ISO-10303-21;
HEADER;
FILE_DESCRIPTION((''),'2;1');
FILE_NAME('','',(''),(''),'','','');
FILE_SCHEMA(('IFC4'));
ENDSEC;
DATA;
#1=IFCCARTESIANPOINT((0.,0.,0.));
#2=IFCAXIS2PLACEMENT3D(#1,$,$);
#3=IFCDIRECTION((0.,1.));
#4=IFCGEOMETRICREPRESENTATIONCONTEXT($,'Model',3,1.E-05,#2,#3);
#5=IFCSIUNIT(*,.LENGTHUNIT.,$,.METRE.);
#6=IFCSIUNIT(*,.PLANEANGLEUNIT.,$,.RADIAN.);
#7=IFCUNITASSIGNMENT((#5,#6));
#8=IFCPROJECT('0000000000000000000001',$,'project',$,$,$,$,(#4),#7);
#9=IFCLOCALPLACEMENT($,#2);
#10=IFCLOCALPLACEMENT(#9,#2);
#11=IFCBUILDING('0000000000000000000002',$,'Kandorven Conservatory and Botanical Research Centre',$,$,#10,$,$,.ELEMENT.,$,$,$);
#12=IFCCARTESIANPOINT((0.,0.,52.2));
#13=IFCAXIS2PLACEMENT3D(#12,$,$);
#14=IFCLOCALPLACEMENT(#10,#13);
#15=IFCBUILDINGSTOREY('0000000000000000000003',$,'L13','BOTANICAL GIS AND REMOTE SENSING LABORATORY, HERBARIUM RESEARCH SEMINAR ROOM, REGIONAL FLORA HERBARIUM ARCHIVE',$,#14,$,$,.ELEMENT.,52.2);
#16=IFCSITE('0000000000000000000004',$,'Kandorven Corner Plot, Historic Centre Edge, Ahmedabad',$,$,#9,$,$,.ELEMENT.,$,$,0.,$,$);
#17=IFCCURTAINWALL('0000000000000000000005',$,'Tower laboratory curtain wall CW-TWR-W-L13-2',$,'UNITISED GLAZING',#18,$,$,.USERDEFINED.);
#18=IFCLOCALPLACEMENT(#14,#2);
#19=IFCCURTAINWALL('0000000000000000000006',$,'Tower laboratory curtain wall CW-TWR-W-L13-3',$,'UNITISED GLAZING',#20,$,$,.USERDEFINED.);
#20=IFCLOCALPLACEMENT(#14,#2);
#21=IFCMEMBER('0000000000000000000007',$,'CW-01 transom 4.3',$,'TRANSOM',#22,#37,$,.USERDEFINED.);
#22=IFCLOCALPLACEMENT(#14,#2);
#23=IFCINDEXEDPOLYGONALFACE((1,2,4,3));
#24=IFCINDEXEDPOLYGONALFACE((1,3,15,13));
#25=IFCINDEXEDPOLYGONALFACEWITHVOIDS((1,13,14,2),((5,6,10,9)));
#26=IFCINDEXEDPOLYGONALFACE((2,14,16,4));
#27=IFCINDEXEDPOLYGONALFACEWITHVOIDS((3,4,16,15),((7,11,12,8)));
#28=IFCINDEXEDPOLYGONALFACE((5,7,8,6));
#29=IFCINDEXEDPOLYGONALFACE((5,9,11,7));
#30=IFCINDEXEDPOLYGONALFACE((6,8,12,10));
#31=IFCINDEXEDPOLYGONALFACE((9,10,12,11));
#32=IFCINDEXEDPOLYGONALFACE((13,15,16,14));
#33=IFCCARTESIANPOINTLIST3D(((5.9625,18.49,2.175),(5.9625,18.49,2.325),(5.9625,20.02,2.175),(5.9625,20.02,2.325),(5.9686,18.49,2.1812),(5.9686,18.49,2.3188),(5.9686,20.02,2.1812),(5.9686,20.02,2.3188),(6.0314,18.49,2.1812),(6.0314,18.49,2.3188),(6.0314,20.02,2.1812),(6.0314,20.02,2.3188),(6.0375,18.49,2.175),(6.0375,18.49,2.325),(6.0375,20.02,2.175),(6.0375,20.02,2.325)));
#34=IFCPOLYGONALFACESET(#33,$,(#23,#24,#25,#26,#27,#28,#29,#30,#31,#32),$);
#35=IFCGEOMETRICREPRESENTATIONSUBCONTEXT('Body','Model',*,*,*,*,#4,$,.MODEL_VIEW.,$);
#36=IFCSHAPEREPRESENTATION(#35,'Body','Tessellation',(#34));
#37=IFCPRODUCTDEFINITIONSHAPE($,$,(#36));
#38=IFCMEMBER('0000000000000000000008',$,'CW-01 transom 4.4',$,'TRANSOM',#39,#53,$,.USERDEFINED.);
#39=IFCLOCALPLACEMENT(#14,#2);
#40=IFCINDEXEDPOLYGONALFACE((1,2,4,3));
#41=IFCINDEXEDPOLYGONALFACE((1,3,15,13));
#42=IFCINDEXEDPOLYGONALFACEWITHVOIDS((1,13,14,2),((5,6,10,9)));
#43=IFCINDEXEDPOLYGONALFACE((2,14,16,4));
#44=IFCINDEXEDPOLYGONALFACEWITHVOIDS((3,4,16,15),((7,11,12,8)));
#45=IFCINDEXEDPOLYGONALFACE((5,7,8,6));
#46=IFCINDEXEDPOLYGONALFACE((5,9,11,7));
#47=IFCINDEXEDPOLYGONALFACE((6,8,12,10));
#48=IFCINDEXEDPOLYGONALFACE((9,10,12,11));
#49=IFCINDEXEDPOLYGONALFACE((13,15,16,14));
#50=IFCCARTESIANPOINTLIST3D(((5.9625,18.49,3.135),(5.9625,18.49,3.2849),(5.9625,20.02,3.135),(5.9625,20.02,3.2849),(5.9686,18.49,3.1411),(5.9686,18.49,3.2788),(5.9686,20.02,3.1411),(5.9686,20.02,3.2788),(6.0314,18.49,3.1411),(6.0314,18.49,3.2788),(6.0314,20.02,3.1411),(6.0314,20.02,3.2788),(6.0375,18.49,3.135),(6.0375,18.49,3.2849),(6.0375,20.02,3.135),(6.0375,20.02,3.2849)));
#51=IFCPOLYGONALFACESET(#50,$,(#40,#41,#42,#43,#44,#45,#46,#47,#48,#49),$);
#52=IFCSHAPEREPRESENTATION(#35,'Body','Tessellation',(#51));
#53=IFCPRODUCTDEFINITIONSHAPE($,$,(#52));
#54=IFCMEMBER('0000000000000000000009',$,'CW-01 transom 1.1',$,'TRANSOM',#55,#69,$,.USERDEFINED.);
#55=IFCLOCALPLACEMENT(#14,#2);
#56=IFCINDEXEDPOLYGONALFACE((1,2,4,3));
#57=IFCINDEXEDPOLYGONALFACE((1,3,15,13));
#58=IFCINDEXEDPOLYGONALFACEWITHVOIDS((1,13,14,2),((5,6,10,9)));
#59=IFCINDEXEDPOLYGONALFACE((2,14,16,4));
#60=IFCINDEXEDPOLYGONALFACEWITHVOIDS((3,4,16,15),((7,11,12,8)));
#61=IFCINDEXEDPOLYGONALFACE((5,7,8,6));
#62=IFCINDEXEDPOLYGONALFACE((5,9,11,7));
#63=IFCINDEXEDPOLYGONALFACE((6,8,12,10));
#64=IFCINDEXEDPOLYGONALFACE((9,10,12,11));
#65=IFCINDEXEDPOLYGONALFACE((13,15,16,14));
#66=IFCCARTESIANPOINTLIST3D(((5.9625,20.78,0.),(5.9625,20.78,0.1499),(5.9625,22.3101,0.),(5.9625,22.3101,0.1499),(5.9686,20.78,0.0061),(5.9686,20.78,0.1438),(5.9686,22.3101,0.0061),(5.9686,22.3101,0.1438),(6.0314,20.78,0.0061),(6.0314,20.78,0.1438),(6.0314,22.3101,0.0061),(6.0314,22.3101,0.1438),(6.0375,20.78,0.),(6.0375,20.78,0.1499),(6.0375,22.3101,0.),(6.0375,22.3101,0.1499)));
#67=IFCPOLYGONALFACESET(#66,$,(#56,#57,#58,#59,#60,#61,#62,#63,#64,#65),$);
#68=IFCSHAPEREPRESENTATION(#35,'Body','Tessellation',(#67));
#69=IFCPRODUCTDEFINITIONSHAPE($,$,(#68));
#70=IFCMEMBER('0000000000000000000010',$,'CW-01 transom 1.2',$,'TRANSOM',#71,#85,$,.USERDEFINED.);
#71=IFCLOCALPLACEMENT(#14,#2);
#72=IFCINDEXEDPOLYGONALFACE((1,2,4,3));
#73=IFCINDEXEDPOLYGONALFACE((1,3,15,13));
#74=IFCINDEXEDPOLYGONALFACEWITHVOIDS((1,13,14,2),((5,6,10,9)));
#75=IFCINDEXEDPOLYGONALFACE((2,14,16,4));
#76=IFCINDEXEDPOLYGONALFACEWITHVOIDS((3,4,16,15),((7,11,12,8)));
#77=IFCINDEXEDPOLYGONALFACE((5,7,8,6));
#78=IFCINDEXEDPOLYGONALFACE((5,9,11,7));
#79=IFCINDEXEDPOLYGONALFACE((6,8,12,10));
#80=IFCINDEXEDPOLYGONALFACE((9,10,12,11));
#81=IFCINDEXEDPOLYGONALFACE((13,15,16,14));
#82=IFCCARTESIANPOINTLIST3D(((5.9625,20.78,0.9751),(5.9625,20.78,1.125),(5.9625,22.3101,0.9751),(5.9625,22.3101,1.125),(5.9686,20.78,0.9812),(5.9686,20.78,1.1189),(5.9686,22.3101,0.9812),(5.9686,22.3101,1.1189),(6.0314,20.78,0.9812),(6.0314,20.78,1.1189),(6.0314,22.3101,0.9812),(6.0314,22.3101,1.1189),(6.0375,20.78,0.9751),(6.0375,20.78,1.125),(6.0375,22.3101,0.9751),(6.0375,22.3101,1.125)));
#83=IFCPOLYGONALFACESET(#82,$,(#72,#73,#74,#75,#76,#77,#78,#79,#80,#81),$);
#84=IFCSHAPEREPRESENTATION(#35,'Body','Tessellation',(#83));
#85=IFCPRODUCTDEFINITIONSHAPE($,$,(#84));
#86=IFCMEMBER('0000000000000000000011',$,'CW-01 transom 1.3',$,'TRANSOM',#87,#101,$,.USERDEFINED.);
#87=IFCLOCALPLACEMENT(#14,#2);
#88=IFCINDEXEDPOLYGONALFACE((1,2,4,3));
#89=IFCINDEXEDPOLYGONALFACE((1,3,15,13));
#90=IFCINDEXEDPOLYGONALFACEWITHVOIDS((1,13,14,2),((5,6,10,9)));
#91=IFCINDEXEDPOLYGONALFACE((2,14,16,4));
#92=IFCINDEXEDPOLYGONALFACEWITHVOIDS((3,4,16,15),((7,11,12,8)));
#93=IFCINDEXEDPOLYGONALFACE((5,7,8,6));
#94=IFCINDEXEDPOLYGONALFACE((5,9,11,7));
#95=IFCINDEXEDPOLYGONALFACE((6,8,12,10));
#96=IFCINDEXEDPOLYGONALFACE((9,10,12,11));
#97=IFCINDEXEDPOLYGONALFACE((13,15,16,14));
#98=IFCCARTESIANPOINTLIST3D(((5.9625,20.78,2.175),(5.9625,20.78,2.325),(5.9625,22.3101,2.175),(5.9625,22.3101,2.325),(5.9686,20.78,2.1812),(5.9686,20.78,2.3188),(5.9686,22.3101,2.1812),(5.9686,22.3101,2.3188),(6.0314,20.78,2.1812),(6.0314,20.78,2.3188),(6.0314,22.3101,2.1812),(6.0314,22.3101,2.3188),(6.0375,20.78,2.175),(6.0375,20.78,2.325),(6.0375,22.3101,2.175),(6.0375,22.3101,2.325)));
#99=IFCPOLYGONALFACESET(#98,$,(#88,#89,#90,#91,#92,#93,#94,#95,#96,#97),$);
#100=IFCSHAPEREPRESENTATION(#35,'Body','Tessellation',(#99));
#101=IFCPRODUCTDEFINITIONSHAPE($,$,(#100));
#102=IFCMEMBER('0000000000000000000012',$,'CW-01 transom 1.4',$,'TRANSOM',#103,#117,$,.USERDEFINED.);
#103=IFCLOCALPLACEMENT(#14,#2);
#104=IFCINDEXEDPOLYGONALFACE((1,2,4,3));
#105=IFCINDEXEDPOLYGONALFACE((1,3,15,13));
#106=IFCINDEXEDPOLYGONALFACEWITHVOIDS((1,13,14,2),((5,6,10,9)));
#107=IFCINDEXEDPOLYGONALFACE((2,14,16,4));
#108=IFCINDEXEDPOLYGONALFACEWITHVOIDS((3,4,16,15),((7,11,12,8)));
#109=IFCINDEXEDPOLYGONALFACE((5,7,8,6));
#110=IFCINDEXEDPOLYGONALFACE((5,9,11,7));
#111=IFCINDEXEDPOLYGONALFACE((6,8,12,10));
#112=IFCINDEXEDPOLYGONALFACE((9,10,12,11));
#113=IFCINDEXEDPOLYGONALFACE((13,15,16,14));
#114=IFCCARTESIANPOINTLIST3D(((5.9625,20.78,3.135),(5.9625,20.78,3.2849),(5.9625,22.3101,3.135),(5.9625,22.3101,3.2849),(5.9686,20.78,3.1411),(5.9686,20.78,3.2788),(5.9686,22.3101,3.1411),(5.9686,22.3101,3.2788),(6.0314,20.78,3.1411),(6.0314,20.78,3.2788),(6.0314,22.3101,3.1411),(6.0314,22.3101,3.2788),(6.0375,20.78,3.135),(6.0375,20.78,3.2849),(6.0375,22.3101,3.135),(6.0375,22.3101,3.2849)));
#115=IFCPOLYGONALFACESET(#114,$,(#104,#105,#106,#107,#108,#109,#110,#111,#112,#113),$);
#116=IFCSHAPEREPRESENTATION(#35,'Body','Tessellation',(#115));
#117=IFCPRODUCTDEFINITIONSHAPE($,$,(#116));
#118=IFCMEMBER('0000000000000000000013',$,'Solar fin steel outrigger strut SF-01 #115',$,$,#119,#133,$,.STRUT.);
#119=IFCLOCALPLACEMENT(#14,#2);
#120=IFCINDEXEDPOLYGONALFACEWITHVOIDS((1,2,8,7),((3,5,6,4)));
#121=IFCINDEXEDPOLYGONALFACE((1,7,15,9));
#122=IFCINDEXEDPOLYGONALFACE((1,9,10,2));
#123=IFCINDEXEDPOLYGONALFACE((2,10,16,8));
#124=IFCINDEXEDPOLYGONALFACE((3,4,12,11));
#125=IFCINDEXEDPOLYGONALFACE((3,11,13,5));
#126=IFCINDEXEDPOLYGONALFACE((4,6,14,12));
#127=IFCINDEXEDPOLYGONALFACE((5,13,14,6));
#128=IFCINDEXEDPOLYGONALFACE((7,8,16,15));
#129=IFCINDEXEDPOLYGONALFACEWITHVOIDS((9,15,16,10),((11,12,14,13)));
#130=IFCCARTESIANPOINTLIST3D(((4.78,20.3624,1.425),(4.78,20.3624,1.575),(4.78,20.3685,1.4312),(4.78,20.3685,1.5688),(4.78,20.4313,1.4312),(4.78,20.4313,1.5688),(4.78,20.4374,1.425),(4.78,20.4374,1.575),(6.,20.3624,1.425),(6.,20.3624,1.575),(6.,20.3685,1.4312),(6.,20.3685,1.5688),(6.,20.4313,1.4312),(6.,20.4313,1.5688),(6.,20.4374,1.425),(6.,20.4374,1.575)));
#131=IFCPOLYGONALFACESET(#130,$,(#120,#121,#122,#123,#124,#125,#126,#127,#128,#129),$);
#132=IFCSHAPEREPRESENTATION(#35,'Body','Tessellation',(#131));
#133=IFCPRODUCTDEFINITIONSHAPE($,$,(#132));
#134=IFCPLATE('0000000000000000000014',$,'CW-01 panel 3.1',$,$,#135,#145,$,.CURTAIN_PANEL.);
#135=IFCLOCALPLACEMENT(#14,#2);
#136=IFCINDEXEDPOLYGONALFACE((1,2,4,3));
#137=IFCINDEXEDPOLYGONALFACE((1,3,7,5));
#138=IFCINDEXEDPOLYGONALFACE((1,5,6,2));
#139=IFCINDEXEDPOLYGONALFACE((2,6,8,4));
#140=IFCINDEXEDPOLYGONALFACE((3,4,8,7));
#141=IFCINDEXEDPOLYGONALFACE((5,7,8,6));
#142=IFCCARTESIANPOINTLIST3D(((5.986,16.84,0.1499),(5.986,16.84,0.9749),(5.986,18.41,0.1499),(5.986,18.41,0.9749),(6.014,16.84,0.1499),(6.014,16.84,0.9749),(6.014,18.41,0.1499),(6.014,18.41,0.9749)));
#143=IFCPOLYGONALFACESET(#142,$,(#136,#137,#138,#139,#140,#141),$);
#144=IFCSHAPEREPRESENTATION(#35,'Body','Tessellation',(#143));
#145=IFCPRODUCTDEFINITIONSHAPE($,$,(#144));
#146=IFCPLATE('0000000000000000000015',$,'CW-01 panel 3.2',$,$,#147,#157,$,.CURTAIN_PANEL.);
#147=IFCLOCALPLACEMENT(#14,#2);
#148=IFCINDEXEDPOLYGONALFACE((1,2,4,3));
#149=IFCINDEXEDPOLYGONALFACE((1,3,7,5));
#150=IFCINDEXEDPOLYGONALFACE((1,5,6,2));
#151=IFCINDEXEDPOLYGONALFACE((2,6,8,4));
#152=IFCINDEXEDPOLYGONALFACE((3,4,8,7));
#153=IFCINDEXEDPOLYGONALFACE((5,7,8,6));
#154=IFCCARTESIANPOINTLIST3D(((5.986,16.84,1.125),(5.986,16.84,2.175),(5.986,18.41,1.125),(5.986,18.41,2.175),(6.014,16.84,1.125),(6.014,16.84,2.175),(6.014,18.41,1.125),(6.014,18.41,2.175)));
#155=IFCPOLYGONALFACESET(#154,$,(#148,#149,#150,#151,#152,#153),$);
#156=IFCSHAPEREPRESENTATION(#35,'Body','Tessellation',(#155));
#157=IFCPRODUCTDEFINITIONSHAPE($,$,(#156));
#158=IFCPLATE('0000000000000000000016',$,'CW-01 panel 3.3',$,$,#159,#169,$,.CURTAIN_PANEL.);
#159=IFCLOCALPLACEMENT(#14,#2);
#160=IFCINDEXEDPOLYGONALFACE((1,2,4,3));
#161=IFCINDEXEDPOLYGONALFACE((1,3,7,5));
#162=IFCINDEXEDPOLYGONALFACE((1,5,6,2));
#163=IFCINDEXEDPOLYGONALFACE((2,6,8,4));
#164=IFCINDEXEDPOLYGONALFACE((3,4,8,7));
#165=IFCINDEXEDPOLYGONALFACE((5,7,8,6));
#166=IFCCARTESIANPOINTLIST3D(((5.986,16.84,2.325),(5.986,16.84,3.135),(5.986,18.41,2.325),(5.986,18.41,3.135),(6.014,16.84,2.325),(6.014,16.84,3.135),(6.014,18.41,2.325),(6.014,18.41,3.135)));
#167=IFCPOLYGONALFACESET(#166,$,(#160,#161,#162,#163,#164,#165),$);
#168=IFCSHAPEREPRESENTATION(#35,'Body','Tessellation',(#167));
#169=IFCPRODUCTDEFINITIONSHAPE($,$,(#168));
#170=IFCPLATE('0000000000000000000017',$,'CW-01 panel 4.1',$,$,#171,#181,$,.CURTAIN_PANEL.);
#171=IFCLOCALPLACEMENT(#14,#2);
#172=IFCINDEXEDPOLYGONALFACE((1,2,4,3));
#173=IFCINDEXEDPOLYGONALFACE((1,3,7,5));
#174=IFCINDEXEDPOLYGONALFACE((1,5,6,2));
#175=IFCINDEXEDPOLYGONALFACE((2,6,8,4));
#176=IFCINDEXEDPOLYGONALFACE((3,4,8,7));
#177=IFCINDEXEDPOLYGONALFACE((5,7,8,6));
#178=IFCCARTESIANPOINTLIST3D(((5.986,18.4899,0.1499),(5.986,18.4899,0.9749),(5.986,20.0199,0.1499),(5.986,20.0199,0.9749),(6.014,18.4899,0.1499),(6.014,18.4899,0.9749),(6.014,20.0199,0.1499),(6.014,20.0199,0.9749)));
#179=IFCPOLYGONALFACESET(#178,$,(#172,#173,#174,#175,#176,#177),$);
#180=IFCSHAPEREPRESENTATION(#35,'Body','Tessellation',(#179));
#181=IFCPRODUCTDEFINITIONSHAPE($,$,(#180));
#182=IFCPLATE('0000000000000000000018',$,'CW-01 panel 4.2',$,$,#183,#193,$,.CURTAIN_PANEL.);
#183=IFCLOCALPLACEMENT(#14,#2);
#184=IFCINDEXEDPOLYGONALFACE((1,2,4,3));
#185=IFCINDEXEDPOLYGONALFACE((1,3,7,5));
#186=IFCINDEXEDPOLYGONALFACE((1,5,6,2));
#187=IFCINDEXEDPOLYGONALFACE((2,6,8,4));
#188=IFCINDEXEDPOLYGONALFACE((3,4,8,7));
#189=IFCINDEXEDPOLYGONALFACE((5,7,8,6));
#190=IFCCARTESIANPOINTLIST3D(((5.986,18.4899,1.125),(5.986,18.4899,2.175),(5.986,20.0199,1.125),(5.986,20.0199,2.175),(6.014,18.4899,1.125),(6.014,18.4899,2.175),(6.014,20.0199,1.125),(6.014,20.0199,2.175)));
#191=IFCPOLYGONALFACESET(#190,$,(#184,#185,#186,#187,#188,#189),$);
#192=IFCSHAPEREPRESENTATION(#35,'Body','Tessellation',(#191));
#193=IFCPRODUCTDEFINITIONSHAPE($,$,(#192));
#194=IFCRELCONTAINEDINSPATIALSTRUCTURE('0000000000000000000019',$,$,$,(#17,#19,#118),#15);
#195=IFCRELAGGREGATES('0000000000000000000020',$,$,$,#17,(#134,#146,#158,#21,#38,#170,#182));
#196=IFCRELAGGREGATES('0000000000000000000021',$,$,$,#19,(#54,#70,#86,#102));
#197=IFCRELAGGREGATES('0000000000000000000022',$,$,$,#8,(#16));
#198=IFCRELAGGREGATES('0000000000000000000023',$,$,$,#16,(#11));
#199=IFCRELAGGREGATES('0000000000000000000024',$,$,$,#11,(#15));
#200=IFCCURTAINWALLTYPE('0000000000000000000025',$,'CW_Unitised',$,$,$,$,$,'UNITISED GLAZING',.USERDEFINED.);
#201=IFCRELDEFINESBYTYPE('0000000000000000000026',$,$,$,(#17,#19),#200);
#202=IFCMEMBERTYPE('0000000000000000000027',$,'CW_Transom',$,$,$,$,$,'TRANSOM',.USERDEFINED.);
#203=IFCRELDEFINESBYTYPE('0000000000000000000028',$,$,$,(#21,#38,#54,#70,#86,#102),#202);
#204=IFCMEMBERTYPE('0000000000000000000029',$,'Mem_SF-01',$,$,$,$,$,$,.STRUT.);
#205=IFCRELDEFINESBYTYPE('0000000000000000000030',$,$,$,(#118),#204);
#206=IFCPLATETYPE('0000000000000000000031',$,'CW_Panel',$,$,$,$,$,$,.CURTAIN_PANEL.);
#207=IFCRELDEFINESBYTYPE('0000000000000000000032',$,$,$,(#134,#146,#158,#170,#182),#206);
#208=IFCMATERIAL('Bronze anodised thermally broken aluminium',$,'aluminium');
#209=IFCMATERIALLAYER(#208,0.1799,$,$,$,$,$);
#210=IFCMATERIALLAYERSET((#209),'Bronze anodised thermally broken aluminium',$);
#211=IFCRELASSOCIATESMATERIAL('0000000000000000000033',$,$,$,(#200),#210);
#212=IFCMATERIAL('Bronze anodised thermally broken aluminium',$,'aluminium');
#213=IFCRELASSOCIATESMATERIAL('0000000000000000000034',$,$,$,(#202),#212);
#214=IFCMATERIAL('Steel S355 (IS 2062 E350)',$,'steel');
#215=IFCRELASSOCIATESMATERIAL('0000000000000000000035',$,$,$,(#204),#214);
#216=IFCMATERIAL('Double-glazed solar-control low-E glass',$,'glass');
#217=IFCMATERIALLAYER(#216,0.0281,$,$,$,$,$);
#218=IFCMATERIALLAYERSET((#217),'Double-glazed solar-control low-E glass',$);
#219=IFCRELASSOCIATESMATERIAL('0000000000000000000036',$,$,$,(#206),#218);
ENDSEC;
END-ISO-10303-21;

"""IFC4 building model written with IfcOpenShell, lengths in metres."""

from ifc_helpers import new_model, si_unit, direction, frame, origin, origin_2d, place, context, subcontext, project, spatial, rectangle, hollow_rectangle, extrude, material, layer, layer_set, material_profile, profile_set, type_object, element, aggregate, save


model = new_model("IFC4")

# Units and contexts
model_context = context("Model", 3, precision=1e-05, world=origin(), true_north=direction((0.0, 1.0)))
body_context = subcontext(model_context, "Body", "Model", "MODEL_VIEW")
ifc_project = project(units=[si_unit("LENGTHUNIT", "METRE"), si_unit("PLANEANGLEUNIT", "RADIAN")], contexts=[model_context])

# Site, building, storey
site_placement = place(None, origin())
site = spatial("IfcSite", under=ifc_project, at=site_placement, Name="Kandorven Corner Plot, Historic Centre Edge, Ahmedabad", CompositionType="ELEMENT", RefElevation=0.0)
building_placement = place(site_placement, origin())
building = spatial("IfcBuilding", under=site, at=building_placement, Name="Kandorven Conservatory and Botanical Research Centre", CompositionType="ELEMENT")
storey_placement = place(building_placement, frame((0.0, 0.0, 52.2)))
storey = spatial("IfcBuildingStorey", under=building, at=storey_placement, Name="L13", Description="BOTANICAL GIS AND REMOTE SENSING LABORATORY, HERBARIUM RESEARCH SEMINAR ROOM, REGIONAL FLORA HERBARIUM ARCHIVE", CompositionType="ELEMENT", Elevation=52.2)

# Curtain wall
ifc_material_1 = material(Name="Bronze anodised thermally broken aluminium", Category="aluminium")
ifc_layer_1 = layer(ifc_material_1, 0.1799)
ifc_layer_set_1 = layer_set([ifc_layer_1], Name="Bronze anodised thermally broken aluminium")
curtain_wall_type = type_object("IfcCurtainWallType", Name="CW_Unitised", ElementType="UNITISED GLAZING", PredefinedType="USERDEFINED", material=ifc_layer_set_1)
curtain_wall_1_placement = place(storey_placement, origin())
curtain_wall_1 = element("IfcCurtainWall", 1, at=curtain_wall_1_placement, inside=storey, type_object=curtain_wall_type, Name="Tower laboratory curtain wall CW-TWR-W-L13-2", ObjectType="UNITISED GLAZING", PredefinedType="USERDEFINED")

# Curtain wall
curtain_wall_2_placement = place(storey_placement, origin())
curtain_wall_2 = element("IfcCurtainWall", 2, at=curtain_wall_2_placement, inside=storey, type_object=curtain_wall_type, Name="Tower laboratory curtain wall CW-TWR-W-L13-3", ObjectType="UNITISED GLAZING", PredefinedType="USERDEFINED")

# Members
ifc_material_2 = material(Name="Bronze anodised thermally broken aluminium", Category="aluminium")
ifc_material_profile_1 = material_profile(ifc_material_2, hollow_rectangle(XDim=0.075, YDim=0.1499, WallThickness=0.0061, at=origin_2d()))
ifc_profile_set_1 = profile_set([ifc_material_profile_1], Name="Bronze anodised thermally broken aluminium")
member_type_1 = type_object("IfcMemberType", Name="CW_Transom", ElementType="TRANSOM", PredefinedType="USERDEFINED", material=ifc_profile_set_1)
member_1_placement = place(storey_placement, frame((6.0, 18.49, 2.25), z_axis=(0.0, 1.0, 0.0), x_axis=(-1.0, 0.0, 0.0)))
member_1 = element("IfcMember", 3, at=member_1_placement, type_object=member_type_1, Name="CW-01 transom 4.3", ObjectType="TRANSOM", PredefinedType="USERDEFINED", context=body_context, shape_type="SweptSolid", body=[
    extrude(hollow_rectangle(XDim=0.075, YDim=0.1499, WallThickness=0.0061, at=origin_2d()), origin(), (0.0, 0.0, 1.0), 1.53),
])
member_2_placement = place(storey_placement, frame((6.0, 18.49, 3.21), z_axis=(0.0, 1.0, 0.0), x_axis=(-1.0, 0.0, 0.0)))
member_2 = element("IfcMember", 4, at=member_2_placement, type_object=member_type_1, Name="CW-01 transom 4.4", ObjectType="TRANSOM", PredefinedType="USERDEFINED", context=body_context, shape_type="SweptSolid", body=[
    extrude(hollow_rectangle(XDim=0.075, YDim=0.1499, WallThickness=0.0061, at=origin_2d()), origin(), (0.0, 0.0, 1.0), 1.53),
])
member_3_placement = place(storey_placement, frame((6.0, 20.78, 0.075), z_axis=(0.0, 1.0, 0.0), x_axis=(-1.0, 0.0, 0.0)))
member_3 = element("IfcMember", 5, at=member_3_placement, type_object=member_type_1, Name="CW-01 transom 1.1", ObjectType="TRANSOM", PredefinedType="USERDEFINED", context=body_context, shape_type="SweptSolid", body=[
    extrude(hollow_rectangle(XDim=0.075, YDim=0.1499, WallThickness=0.0061, at=origin_2d()), origin(), (0.0, 0.0, 1.0), 1.53),
])
member_4_placement = place(storey_placement, frame((6.0, 20.78, 1.05), z_axis=(0.0, 1.0, 0.0), x_axis=(-1.0, 0.0, 0.0)))
member_4 = element("IfcMember", 6, at=member_4_placement, type_object=member_type_1, Name="CW-01 transom 1.2", ObjectType="TRANSOM", PredefinedType="USERDEFINED", context=body_context, shape_type="SweptSolid", body=[
    extrude(hollow_rectangle(XDim=0.075, YDim=0.1499, WallThickness=0.0061, at=origin_2d()), origin(), (0.0, 0.0, 1.0), 1.53),
])
member_5_placement = place(storey_placement, frame((6.0, 20.78, 2.25), z_axis=(0.0, 1.0, 0.0), x_axis=(-1.0, 0.0, 0.0)))
member_5 = element("IfcMember", 7, at=member_5_placement, type_object=member_type_1, Name="CW-01 transom 1.3", ObjectType="TRANSOM", PredefinedType="USERDEFINED", context=body_context, shape_type="SweptSolid", body=[
    extrude(hollow_rectangle(XDim=0.075, YDim=0.1499, WallThickness=0.0061, at=origin_2d()), origin(), (0.0, 0.0, 1.0), 1.53),
])
member_6_placement = place(storey_placement, frame((6.0, 20.78, 3.21), z_axis=(0.0, 1.0, 0.0), x_axis=(-1.0, 0.0, 0.0)))
member_6 = element("IfcMember", 8, at=member_6_placement, type_object=member_type_1, Name="CW-01 transom 1.4", ObjectType="TRANSOM", PredefinedType="USERDEFINED", context=body_context, shape_type="SweptSolid", body=[
    extrude(hollow_rectangle(XDim=0.075, YDim=0.1499, WallThickness=0.0061, at=origin_2d()), origin(), (0.0, 0.0, 1.0), 1.53),
])
ifc_material_3 = material(Name="Steel S355 (IS 2062 E350)", Category="steel")
ifc_material_profile_2 = material_profile(ifc_material_3, hollow_rectangle(XDim=0.075, YDim=0.1499, WallThickness=0.0061, at=origin_2d()))
ifc_profile_set_2 = profile_set([ifc_material_profile_2], Name="Steel S355 (IS 2062 E350)")
member_type_2 = type_object("IfcMemberType", Name="Mem_SF-01", PredefinedType="STRUT", material=ifc_profile_set_2)
member_7_placement = place(storey_placement, frame((6.0, 20.3999, 1.5), z_axis=(-1.0, 0.0, 0.0), x_axis=(0.0, -1.0, 0.0)))
element("IfcMember", 9, at=member_7_placement, inside=storey, type_object=member_type_2, Name="Solar fin steel outrigger strut SF-01 #115", PredefinedType="STRUT", context=body_context, shape_type="SweptSolid", body=[
    extrude(hollow_rectangle(XDim=0.075, YDim=0.1499, WallThickness=0.0061, at=origin_2d()), origin(), (0.0, 0.0, 1.0), 1.22),
])

# Plates
ifc_material_4 = material(Name="Double-glazed solar-control low-E glass", Category="glass")
ifc_layer_2 = layer(ifc_material_4, 0.0281)
ifc_layer_set_2 = layer_set([ifc_layer_2], Name="Double-glazed solar-control low-E glass")
plate_type_1 = type_object("IfcPlateType", Name="CW_Panel", PredefinedType="CURTAIN_PANEL", material=ifc_layer_set_2)
plate_1_placement = place(storey_placement, frame((6.0, 17.625, 0.1499), z_axis=(0.0, 0.0, 1.0), x_axis=(0.0, 1.0, 0.0)))
plate_1 = element("IfcPlate", 10, at=plate_1_placement, type_object=plate_type_1, Name="CW-01 panel 3.1", PredefinedType="CURTAIN_PANEL", context=body_context, shape_type="SweptSolid", body=[
    extrude(rectangle(XDim=1.5701, YDim=0.0281, at=origin_2d()), origin(), (0.0, 0.0, 1.0), 0.825),
])
plate_2_placement = place(storey_placement, frame((6.0, 17.625, 1.125), z_axis=(0.0, 0.0, 1.0), x_axis=(0.0, 1.0, 0.0)))
plate_2 = element("IfcPlate", 11, at=plate_2_placement, type_object=plate_type_1, Name="CW-01 panel 3.2", PredefinedType="CURTAIN_PANEL", context=body_context, shape_type="SweptSolid", body=[
    extrude(rectangle(XDim=1.5701, YDim=0.0281, at=origin_2d()), origin(), (0.0, 0.0, 1.0), 1.05),
])
plate_3_placement = place(storey_placement, frame((6.0, 17.625, 2.325), z_axis=(0.0, 0.0, 1.0), x_axis=(0.0, 1.0, 0.0)))
plate_3 = element("IfcPlate", 12, at=plate_3_placement, type_object=plate_type_1, Name="CW-01 panel 3.3", PredefinedType="CURTAIN_PANEL", context=body_context, shape_type="SweptSolid", body=[
    extrude(rectangle(XDim=1.5701, YDim=0.0281, at=origin_2d()), origin(), (0.0, 0.0, 1.0), 0.8101),
])
plate_4_placement = place(storey_placement, frame((6.0, 19.2549, 0.1499), z_axis=(0.0, 0.0, 1.0), x_axis=(0.0, 1.0, 0.0)))
plate_4 = element("IfcPlate", 13, at=plate_4_placement, type_object=plate_type_1, Name="CW-01 panel 4.1", PredefinedType="CURTAIN_PANEL", context=body_context, shape_type="SweptSolid", body=[
    extrude(rectangle(XDim=1.53, YDim=0.0281, at=origin_2d()), origin(), (0.0, 0.0, 1.0), 0.825),
])
plate_5_placement = place(storey_placement, frame((6.0, 19.2549, 1.125), z_axis=(0.0, 0.0, 1.0), x_axis=(0.0, 1.0, 0.0)))
plate_5 = element("IfcPlate", 14, at=plate_5_placement, type_object=plate_type_1, Name="CW-01 panel 4.2", PredefinedType="CURTAIN_PANEL", context=body_context, shape_type="SweptSolid", body=[
    extrude(rectangle(XDim=1.53, YDim=0.0281, at=origin_2d()), origin(), (0.0, 0.0, 1.0), 1.05),
])
aggregate(curtain_wall_1, [plate_1, plate_2, plate_3, member_1, member_2, plate_4, plate_5])
aggregate(curtain_wall_2, [member_3, member_4, member_5, member_6])

save(model, "model.ifc")
